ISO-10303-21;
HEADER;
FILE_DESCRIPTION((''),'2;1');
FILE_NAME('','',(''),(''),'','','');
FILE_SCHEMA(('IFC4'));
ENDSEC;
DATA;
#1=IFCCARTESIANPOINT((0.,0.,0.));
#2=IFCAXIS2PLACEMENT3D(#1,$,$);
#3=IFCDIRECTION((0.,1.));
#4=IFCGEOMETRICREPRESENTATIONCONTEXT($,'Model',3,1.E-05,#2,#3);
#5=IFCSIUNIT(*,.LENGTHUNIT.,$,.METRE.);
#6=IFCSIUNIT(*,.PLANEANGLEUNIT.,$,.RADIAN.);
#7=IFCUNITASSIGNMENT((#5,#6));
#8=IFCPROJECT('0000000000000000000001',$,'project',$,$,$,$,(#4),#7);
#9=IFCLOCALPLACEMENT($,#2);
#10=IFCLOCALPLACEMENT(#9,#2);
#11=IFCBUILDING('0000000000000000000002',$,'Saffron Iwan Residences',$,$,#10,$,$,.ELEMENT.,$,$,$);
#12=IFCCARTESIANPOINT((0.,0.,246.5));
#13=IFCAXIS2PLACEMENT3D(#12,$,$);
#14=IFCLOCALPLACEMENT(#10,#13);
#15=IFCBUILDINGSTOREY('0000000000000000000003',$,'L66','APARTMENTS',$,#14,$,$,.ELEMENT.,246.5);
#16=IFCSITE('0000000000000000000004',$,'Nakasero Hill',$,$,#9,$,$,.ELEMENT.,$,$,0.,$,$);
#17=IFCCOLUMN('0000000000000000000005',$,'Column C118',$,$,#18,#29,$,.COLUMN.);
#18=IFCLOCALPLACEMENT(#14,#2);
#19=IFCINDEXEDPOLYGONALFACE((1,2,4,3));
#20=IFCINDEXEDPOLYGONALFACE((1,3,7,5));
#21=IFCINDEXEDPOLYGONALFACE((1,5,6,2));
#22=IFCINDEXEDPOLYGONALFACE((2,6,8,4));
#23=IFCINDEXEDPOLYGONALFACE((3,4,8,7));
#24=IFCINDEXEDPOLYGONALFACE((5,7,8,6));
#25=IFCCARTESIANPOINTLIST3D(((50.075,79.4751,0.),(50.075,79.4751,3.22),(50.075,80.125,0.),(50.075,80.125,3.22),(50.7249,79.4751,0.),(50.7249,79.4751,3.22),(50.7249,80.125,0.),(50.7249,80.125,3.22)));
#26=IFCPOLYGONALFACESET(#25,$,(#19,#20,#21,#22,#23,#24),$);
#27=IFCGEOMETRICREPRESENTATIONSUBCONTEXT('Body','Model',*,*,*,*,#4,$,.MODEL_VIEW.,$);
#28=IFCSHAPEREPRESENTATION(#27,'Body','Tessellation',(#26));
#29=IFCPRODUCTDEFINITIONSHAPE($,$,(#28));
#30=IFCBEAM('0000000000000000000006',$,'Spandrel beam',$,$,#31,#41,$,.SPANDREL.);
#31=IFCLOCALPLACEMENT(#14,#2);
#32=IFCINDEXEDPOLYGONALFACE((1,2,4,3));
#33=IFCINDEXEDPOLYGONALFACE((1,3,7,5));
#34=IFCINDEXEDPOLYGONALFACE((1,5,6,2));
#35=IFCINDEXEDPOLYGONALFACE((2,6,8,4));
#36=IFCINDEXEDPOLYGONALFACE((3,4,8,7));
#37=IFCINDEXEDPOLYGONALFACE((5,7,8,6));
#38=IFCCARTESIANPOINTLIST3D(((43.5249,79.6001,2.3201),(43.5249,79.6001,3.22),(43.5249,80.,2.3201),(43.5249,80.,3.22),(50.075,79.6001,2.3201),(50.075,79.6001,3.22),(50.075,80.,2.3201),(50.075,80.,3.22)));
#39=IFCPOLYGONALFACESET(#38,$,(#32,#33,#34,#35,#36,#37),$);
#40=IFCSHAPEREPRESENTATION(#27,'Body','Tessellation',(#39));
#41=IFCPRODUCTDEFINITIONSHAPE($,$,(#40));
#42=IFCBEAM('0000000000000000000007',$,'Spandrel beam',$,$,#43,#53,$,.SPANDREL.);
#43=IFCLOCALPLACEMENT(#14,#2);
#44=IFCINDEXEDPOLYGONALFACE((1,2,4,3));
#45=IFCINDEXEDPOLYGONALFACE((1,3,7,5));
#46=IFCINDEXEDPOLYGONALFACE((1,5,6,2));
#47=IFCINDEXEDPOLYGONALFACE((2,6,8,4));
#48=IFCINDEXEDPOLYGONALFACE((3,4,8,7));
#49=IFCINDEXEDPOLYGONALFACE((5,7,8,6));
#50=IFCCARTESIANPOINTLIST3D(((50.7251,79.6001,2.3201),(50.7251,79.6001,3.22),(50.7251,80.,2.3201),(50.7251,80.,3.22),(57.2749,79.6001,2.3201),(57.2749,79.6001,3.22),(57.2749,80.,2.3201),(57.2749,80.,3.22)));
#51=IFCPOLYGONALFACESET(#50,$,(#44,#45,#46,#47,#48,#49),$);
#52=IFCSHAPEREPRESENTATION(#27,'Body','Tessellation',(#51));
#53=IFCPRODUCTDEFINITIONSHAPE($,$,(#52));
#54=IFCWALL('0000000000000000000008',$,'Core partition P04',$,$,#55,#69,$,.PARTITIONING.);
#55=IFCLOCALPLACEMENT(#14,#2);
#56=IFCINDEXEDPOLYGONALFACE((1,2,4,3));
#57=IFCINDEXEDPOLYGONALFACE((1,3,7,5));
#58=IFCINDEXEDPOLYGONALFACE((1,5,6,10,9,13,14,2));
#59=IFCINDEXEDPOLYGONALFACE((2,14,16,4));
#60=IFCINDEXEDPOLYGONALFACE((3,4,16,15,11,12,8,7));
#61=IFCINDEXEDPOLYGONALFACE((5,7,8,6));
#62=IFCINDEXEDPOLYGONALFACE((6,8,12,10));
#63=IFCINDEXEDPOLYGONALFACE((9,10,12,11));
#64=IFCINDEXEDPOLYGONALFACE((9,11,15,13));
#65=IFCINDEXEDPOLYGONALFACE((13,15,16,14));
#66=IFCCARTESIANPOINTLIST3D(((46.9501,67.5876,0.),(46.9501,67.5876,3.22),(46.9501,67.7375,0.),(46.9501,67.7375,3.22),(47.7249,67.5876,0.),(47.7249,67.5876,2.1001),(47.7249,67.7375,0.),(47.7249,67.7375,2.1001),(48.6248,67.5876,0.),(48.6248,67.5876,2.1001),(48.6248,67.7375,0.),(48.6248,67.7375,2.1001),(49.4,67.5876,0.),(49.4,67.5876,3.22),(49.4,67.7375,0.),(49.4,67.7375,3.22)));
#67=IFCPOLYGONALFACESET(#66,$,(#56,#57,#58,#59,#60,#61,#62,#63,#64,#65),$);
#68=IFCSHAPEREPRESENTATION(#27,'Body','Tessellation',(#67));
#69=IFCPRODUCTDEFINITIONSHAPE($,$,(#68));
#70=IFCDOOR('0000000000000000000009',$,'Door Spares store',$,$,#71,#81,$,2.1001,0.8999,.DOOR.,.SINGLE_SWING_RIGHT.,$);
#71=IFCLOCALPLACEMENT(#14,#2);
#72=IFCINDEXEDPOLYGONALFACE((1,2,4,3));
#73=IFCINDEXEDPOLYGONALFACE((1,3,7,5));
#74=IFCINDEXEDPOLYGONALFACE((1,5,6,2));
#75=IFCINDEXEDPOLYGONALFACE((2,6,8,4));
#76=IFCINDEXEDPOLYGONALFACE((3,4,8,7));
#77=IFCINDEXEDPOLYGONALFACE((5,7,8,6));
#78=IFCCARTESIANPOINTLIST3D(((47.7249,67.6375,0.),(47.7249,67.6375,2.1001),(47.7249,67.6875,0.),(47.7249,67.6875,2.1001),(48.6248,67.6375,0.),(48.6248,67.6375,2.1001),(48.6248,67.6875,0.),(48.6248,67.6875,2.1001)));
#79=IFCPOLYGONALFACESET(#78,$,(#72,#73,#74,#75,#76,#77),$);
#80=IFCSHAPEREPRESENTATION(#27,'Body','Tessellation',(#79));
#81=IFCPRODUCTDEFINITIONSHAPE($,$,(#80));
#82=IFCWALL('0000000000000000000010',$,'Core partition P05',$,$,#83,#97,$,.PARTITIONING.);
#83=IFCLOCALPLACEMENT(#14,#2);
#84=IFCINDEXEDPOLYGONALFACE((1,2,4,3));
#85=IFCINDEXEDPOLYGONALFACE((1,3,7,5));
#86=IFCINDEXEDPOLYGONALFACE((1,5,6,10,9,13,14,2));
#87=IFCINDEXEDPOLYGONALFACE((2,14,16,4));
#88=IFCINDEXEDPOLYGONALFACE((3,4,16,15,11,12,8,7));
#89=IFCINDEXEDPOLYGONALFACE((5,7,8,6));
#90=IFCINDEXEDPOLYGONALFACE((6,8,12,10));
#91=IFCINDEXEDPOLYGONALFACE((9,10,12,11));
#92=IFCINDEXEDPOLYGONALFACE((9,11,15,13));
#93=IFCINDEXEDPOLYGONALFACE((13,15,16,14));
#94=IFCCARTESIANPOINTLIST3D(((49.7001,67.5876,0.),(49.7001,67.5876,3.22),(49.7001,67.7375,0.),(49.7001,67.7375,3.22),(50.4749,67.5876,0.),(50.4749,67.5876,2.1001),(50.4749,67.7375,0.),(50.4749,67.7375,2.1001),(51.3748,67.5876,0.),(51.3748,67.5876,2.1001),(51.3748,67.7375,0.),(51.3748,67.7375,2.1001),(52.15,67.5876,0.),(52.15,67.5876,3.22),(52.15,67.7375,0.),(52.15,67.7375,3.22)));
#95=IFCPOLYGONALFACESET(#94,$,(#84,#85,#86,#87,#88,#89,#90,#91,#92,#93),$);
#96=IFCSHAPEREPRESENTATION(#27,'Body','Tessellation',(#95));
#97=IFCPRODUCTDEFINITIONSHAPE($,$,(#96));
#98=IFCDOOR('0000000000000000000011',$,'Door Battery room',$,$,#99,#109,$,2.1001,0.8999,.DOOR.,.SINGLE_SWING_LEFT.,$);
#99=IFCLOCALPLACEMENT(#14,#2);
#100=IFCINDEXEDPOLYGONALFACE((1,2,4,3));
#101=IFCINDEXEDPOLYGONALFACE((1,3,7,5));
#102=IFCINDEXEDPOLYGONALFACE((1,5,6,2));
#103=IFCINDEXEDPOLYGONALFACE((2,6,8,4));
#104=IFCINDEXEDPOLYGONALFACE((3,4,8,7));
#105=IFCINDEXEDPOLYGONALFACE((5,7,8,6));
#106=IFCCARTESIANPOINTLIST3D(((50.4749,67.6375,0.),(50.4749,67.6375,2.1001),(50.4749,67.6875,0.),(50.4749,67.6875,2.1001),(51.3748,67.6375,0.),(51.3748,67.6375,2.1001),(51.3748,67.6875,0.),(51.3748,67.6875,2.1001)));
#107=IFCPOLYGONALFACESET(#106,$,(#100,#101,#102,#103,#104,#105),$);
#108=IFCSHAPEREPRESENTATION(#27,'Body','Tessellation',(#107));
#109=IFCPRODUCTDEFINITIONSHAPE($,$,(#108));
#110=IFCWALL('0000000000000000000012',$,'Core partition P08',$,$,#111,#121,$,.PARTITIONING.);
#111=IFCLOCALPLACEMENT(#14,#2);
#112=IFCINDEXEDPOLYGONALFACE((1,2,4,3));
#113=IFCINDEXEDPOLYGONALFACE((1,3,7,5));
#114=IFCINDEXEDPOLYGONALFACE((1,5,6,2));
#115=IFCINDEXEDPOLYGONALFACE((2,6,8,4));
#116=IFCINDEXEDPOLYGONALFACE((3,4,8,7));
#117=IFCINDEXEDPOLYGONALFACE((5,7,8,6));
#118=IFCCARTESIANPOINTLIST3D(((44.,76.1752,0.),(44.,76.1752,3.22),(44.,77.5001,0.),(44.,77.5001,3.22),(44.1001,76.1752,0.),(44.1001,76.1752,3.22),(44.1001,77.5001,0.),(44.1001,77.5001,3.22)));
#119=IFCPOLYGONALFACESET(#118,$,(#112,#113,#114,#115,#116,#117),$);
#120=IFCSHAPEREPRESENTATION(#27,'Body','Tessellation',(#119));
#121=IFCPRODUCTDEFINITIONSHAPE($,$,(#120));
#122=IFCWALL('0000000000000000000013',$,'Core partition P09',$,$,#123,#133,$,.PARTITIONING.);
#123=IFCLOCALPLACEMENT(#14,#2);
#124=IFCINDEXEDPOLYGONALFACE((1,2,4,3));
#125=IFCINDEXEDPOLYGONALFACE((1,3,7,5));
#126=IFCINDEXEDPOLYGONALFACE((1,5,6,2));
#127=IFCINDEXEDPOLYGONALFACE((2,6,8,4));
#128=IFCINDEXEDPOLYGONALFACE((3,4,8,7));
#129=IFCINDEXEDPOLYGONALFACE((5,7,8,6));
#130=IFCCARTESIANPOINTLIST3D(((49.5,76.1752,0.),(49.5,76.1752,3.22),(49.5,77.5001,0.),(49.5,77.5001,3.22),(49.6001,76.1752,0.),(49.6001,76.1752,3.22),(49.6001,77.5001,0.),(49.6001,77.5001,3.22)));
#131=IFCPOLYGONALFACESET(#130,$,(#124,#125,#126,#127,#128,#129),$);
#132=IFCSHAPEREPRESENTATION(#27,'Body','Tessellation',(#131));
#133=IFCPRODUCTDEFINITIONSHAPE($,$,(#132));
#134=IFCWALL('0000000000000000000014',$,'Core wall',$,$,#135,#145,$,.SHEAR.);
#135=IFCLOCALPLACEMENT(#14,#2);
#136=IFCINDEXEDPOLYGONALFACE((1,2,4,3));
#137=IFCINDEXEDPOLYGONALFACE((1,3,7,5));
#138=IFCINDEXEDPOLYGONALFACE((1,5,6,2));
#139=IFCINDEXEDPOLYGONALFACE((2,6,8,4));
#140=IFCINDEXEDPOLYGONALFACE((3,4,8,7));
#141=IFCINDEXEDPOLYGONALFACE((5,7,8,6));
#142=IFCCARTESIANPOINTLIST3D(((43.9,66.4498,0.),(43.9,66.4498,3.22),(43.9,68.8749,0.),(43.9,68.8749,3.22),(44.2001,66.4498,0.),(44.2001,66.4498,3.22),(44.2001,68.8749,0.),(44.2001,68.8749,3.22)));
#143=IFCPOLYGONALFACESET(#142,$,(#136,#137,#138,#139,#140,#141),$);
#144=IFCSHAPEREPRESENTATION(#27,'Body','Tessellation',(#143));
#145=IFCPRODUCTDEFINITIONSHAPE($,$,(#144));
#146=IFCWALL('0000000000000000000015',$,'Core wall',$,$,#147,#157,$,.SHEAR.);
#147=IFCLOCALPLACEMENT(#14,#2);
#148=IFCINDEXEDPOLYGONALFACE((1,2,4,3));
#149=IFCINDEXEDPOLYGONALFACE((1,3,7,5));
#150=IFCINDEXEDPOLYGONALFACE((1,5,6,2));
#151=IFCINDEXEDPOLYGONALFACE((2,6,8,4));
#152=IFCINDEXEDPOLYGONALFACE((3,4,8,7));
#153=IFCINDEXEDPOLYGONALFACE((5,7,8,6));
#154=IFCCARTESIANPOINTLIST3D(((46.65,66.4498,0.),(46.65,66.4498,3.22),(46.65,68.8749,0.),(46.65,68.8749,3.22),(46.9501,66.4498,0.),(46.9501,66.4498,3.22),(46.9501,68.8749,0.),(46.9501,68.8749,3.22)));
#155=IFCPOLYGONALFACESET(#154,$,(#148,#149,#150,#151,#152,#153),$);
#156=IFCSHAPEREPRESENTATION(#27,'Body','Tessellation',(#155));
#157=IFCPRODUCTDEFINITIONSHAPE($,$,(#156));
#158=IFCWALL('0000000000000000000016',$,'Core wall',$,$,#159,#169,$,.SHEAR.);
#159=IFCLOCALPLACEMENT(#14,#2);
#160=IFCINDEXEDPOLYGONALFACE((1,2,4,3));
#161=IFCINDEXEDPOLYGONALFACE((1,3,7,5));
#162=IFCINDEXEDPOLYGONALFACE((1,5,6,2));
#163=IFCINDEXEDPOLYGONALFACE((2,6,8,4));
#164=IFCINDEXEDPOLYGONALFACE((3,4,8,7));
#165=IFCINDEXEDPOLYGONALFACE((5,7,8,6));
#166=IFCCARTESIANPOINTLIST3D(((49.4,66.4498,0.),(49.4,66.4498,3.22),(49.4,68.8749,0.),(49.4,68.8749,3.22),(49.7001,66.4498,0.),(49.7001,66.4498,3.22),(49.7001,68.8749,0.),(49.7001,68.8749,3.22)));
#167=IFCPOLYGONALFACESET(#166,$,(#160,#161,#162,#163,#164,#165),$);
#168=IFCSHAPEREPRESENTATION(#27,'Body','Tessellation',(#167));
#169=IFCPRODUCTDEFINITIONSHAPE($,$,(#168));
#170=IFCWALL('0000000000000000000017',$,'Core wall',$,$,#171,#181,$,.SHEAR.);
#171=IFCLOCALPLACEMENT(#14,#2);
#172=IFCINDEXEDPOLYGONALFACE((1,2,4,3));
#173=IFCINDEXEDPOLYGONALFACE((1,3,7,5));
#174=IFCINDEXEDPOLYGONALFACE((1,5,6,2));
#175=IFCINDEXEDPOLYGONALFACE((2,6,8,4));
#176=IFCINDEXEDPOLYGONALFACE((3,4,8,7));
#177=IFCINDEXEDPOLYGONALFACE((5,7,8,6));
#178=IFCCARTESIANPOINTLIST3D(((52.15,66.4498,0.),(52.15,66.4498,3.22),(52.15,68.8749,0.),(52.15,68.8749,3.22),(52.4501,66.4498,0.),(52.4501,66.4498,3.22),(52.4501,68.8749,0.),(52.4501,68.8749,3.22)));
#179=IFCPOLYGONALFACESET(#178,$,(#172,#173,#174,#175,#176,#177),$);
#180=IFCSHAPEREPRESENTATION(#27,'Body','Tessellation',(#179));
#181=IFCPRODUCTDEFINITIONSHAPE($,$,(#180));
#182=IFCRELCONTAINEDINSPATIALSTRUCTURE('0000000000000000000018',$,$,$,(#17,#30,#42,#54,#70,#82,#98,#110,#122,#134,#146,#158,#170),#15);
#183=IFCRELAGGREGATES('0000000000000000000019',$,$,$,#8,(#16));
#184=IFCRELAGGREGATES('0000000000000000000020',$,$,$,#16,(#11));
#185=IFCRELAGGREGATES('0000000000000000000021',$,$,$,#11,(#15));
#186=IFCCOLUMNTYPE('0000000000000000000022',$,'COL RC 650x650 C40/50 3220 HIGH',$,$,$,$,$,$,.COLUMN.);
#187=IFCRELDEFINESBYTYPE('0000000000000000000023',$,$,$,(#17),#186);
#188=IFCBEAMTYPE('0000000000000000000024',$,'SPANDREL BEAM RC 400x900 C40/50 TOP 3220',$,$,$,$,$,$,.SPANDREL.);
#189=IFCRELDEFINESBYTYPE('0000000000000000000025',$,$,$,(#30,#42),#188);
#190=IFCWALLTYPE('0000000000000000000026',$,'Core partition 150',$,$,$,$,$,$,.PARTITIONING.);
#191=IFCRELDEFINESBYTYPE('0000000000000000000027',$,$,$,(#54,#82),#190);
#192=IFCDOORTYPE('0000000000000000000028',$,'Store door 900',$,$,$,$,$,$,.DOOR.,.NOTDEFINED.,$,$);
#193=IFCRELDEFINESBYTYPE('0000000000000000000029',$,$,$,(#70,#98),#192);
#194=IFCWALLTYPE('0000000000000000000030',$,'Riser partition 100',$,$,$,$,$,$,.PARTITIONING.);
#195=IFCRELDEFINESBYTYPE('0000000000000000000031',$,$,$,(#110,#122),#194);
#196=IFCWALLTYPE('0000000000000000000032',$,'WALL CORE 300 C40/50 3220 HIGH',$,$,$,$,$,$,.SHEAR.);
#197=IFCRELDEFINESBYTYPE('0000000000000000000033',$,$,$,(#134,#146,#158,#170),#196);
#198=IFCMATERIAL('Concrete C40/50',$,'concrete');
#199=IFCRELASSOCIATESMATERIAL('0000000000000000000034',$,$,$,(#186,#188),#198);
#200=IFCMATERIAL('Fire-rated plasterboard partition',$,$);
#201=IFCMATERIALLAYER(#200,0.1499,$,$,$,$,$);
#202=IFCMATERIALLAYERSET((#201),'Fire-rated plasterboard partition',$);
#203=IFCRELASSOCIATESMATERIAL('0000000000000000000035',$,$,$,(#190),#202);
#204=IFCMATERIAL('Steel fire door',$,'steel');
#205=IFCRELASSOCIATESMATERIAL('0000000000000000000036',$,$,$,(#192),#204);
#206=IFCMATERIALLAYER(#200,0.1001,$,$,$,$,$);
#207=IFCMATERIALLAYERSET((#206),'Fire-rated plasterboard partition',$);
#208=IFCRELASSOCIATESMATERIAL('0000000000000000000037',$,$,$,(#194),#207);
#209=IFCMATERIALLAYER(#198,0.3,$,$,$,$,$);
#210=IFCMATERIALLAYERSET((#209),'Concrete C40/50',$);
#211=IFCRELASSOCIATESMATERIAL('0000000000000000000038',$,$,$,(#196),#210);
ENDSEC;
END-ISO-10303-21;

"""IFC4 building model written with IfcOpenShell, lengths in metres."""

from ifc_helpers import new_model, si_unit, direction, frame, frame_2d, origin, origin_2d, place, context, subcontext, project, spatial, rectangle, extrude, source, transform, mapped, material, layer, layer_set, material_profile, profile_set, type_object, element, fill, save


model = new_model("IFC4")

# Units and contexts
model_context = context("Model", 3, precision=1e-05, world=origin(), true_north=direction((0.0, 1.0)))
body_context = subcontext(model_context, "Body", "Model", "MODEL_VIEW")
ifc_project = project(units=[si_unit("LENGTHUNIT", "METRE"), si_unit("PLANEANGLEUNIT", "RADIAN")], contexts=[model_context])

# Site, building, storey
site_placement = place(None, origin())
site = spatial("IfcSite", under=ifc_project, at=site_placement, Name="Nakasero Hill", CompositionType="ELEMENT", RefElevation=0.0)
building_placement = place(site_placement, origin())
building = spatial("IfcBuilding", under=site, at=building_placement, Name="Saffron Iwan Residences", CompositionType="ELEMENT")
storey_placement = place(building_placement, frame((0.0, 0.0, 246.5)))
storey = spatial("IfcBuildingStorey", under=building, at=storey_placement, Name="L66", Description="APARTMENTS", CompositionType="ELEMENT", Elevation=246.5)

# Column
ifc_material_1 = material(Name="Concrete C40/50", Category="concrete")
ifc_material_profile_1 = material_profile(ifc_material_1, rectangle(XDim=0.6499, YDim=0.6499, at=origin_2d()), Name="RC 650x650")
ifc_profile_set_1 = profile_set([ifc_material_profile_1], Name="Concrete C40/50")
column_type = type_object("IfcColumnType", Name="COL RC 650x650 C40/50 3220 HIGH", PredefinedType="COLUMN", material=ifc_profile_set_1)
shared_shape_1 = source(origin(), body_context, "Body", "SweptSolid", [
    extrude(rectangle(XDim=0.6499, YDim=0.6499, at=origin_2d()), origin(), (0.0, 0.0, 1.0), 3.22),
])
column_placement = place(storey_placement, frame((50.3999, 79.8, 0.0), z_axis=(0.0, 0.0, 1.0), x_axis=(1.0, 0.0, 0.0)))
element("IfcColumn", 1, at=column_placement, inside=storey, type_object=column_type, Name="Column C118", PredefinedType="COLUMN", context=body_context, shape_type="MappedRepresentation", body=[
    mapped(shared_shape_1, transform((0.0, 0.0, 0.0))),
])

# Beams
ifc_material_profile_2 = material_profile(ifc_material_1, rectangle(XDim=0.3999, YDim=0.8999, at=origin_2d()), Name="RC 400x900")
ifc_profile_set_2 = profile_set([ifc_material_profile_2], Name="Concrete C40/50")
beam_type = type_object("IfcBeamType", Name="SPANDREL BEAM RC 400x900 C40/50 TOP 3220", PredefinedType="SPANDREL", material=ifc_profile_set_2)
shared_shape_2 = source(origin(), body_context, "Body", "SweptSolid", [
    extrude(rectangle(XDim=0.3999, YDim=0.8999, at=origin_2d()), origin(), (0.0, 0.0, 1.0), 6.55),
])
beam_1_placement = place(storey_placement, frame((43.5249, 79.8, 2.77), z_axis=(1.0, 0.0, 0.0), x_axis=(0.0, 1.0, 0.0)))
element("IfcBeam", 2, at=beam_1_placement, inside=storey, type_object=beam_type, Name="Spandrel beam", PredefinedType="SPANDREL", context=body_context, shape_type="MappedRepresentation", body=[
    mapped(shared_shape_2, transform((0.0, 0.0, 0.0))),
])
shared_shape_3 = source(origin(), body_context, "Body", "SweptSolid", [
    extrude(rectangle(XDim=0.3999, YDim=0.8999, at=origin_2d()), origin(), (0.0, 0.0, 1.0), 6.5498),
])
beam_2_placement = place(storey_placement, frame((50.7251, 79.8, 2.77), z_axis=(1.0, 0.0, 0.0), x_axis=(0.0, 1.0, 0.0)))
element("IfcBeam", 3, at=beam_2_placement, inside=storey, type_object=beam_type, Name="Spandrel beam", PredefinedType="SPANDREL", context=body_context, shape_type="MappedRepresentation", body=[
    mapped(shared_shape_3, transform((0.0, 0.0, 0.0))),
])

# Walls, openings, doors
ifc_material_2 = material(Name="Fire-rated plasterboard partition")
ifc_layer_1 = layer(ifc_material_2, 0.1499)
ifc_layer_set_1 = layer_set([ifc_layer_1], Name="Fire-rated plasterboard partition")
wall_type_1 = type_object("IfcWallType", Name="Core partition 150", PredefinedType="PARTITIONING", material=ifc_layer_set_1)
wall_1_placement = place(storey_placement, frame((46.95, 67.6626, 0.0), z_axis=(0.0, 0.0, 1.0), x_axis=(1.0, 0.0, 0.0)))
wall_1 = element("IfcWall", 4, at=wall_1_placement, inside=storey, type_object=wall_type_1, Name="Core partition P04", PredefinedType="PARTITIONING", context=body_context, shape_type="SweptSolid", body=[
    extrude(rectangle(XDim=2.45, YDim=0.1499, at=frame_2d((1.2251, 0.0))), origin(), (0.0, 0.0, 1.0), 3.22),
])
opening_1_placement = place(wall_1_placement, frame((0.7749, 0.0, 0.0)))
opening_1 = element("IfcOpeningElement", 5, at=opening_1_placement, cuts=wall_1, PredefinedType="OPENING", context=body_context, shape_type="SweptSolid", body=[
    extrude(rectangle(XDim=0.8999, YDim=2.1001, at=frame_2d((0.45, 1.05))), frame((0.0, 0.085, 0.0), z_axis=(0.0, -1.0, 0.0), x_axis=(1.0, 0.0, 0.0)), (0.0, 0.0, 1.0), 0.1699),
])
ifc_material_3 = material(Name="Steel fire door", Category="steel")
door_type = type_object("IfcDoorType", Name="Store door 900", OperationType="NOTDEFINED", PredefinedType="DOOR", material=ifc_material_3)
door_1_placement = place(opening_1_placement, origin())
door_1 = element("IfcDoor", 6, at=door_1_placement, inside=storey, type_object=door_type, Name="Door Spares store", OperationType="SINGLE_SWING_RIGHT", OverallHeight=2.1001, OverallWidth=0.8999, PredefinedType="DOOR", context=body_context, shape_type="SweptSolid", body=[
    extrude(rectangle(XDim=0.8999, YDim=2.1001, at=frame_2d((0.45, 1.05))), frame((0.0, 0.0249, 0.0), z_axis=(0.0, -1.0, 0.0), x_axis=(1.0, 0.0, 0.0)), (0.0, 0.0, 1.0), 0.05),
])
fill(opening_1, door_1)
wall_2_placement = place(storey_placement, frame((49.7, 67.6626, 0.0), z_axis=(0.0, 0.0, 1.0), x_axis=(1.0, 0.0, 0.0)))
wall_2 = element("IfcWall", 7, at=wall_2_placement, inside=storey, type_object=wall_type_1, Name="Core partition P05", PredefinedType="PARTITIONING", context=body_context, shape_type="SweptSolid", body=[
    extrude(rectangle(XDim=2.45, YDim=0.1499, at=frame_2d((1.2251, 0.0))), origin(), (0.0, 0.0, 1.0), 3.22),
])
opening_2_placement = place(wall_2_placement, frame((0.7749, 0.0, 0.0)))
opening_2 = element("IfcOpeningElement", 8, at=opening_2_placement, cuts=wall_2, PredefinedType="OPENING", context=body_context, shape_type="SweptSolid", body=[
    extrude(rectangle(XDim=0.8999, YDim=2.1001, at=frame_2d((0.45, 1.05))), frame((0.0, 0.085, 0.0), z_axis=(0.0, -1.0, 0.0), x_axis=(1.0, 0.0, 0.0)), (0.0, 0.0, 1.0), 0.1699),
])
door_2_placement = place(opening_2_placement, origin())
door_2 = element("IfcDoor", 9, at=door_2_placement, inside=storey, type_object=door_type, Name="Door Battery room", OperationType="SINGLE_SWING_LEFT", OverallHeight=2.1001, OverallWidth=0.8999, PredefinedType="DOOR", context=body_context, shape_type="SweptSolid", body=[
    extrude(rectangle(XDim=0.8999, YDim=2.1001, at=frame_2d((0.45, 1.05))), frame((0.0, 0.0249, 0.0), z_axis=(0.0, -1.0, 0.0), x_axis=(1.0, 0.0, 0.0)), (0.0, 0.0, 1.0), 0.05),
])
fill(opening_2, door_2)

# Walls
ifc_layer_2 = layer(ifc_material_2, 0.1001)
ifc_layer_set_2 = layer_set([ifc_layer_2], Name="Fire-rated plasterboard partition")
wall_type_2 = type_object("IfcWallType", Name="Riser partition 100", PredefinedType="PARTITIONING", material=ifc_layer_set_2)
for number, where, z_axis, x_axis, name in (
    (10, (44.05, 76.175, 0.0), (0.0, 0.0, 1.0), (0.0, 1.0, 0.0), "Core partition P08"),
    (11, (49.55, 76.175, 0.0), (0.0, 0.0, 1.0), (0.0, 1.0, 0.0), "Core partition P09"),
):
    element("IfcWall", number, at=place(storey_placement, frame(where, z_axis=z_axis, x_axis=x_axis)), inside=storey, type_object=wall_type_2, Name=name, PredefinedType="PARTITIONING", context=body_context, shape_type="SweptSolid", body=[
        extrude(rectangle(XDim=1.325, YDim=0.1001, at=frame_2d((0.6626, 0.0))), origin(), (0.0, 0.0, 1.0), 3.22),
    ])
ifc_layer_3 = layer(ifc_material_1, 0.3)
ifc_layer_set_3 = layer_set([ifc_layer_3], Name="Concrete C40/50")
wall_type_3 = type_object("IfcWallType", Name="WALL CORE 300 C40/50 3220 HIGH", PredefinedType="SHEAR", material=ifc_layer_set_3)
for number, where, z_axis, x_axis, name in (
    (12, (44.05, 66.45, 0.0), (0.0, 0.0, 1.0), (0.0, 1.0, 0.0), "Core wall"),
    (13, (46.8, 66.45, 0.0), (0.0, 0.0, 1.0), (0.0, 1.0, 0.0), "Core wall"),
    (14, (49.55, 66.45, 0.0), (0.0, 0.0, 1.0), (0.0, 1.0, 0.0), "Core wall"),
    (15, (52.3, 66.45, 0.0), (0.0, 0.0, 1.0), (0.0, 1.0, 0.0), "Core wall"),
):
    element("IfcWall", number, at=place(storey_placement, frame(where, z_axis=z_axis, x_axis=x_axis)), inside=storey, type_object=wall_type_3, Name=name, PredefinedType="SHEAR", context=body_context, shape_type="SweptSolid", body=[
        extrude(rectangle(XDim=2.425, YDim=0.3, at=frame_2d((1.2124, 0.0))), origin(), (0.0, 0.0, 1.0), 3.22),
    ])

save(model, "model.ifc")
